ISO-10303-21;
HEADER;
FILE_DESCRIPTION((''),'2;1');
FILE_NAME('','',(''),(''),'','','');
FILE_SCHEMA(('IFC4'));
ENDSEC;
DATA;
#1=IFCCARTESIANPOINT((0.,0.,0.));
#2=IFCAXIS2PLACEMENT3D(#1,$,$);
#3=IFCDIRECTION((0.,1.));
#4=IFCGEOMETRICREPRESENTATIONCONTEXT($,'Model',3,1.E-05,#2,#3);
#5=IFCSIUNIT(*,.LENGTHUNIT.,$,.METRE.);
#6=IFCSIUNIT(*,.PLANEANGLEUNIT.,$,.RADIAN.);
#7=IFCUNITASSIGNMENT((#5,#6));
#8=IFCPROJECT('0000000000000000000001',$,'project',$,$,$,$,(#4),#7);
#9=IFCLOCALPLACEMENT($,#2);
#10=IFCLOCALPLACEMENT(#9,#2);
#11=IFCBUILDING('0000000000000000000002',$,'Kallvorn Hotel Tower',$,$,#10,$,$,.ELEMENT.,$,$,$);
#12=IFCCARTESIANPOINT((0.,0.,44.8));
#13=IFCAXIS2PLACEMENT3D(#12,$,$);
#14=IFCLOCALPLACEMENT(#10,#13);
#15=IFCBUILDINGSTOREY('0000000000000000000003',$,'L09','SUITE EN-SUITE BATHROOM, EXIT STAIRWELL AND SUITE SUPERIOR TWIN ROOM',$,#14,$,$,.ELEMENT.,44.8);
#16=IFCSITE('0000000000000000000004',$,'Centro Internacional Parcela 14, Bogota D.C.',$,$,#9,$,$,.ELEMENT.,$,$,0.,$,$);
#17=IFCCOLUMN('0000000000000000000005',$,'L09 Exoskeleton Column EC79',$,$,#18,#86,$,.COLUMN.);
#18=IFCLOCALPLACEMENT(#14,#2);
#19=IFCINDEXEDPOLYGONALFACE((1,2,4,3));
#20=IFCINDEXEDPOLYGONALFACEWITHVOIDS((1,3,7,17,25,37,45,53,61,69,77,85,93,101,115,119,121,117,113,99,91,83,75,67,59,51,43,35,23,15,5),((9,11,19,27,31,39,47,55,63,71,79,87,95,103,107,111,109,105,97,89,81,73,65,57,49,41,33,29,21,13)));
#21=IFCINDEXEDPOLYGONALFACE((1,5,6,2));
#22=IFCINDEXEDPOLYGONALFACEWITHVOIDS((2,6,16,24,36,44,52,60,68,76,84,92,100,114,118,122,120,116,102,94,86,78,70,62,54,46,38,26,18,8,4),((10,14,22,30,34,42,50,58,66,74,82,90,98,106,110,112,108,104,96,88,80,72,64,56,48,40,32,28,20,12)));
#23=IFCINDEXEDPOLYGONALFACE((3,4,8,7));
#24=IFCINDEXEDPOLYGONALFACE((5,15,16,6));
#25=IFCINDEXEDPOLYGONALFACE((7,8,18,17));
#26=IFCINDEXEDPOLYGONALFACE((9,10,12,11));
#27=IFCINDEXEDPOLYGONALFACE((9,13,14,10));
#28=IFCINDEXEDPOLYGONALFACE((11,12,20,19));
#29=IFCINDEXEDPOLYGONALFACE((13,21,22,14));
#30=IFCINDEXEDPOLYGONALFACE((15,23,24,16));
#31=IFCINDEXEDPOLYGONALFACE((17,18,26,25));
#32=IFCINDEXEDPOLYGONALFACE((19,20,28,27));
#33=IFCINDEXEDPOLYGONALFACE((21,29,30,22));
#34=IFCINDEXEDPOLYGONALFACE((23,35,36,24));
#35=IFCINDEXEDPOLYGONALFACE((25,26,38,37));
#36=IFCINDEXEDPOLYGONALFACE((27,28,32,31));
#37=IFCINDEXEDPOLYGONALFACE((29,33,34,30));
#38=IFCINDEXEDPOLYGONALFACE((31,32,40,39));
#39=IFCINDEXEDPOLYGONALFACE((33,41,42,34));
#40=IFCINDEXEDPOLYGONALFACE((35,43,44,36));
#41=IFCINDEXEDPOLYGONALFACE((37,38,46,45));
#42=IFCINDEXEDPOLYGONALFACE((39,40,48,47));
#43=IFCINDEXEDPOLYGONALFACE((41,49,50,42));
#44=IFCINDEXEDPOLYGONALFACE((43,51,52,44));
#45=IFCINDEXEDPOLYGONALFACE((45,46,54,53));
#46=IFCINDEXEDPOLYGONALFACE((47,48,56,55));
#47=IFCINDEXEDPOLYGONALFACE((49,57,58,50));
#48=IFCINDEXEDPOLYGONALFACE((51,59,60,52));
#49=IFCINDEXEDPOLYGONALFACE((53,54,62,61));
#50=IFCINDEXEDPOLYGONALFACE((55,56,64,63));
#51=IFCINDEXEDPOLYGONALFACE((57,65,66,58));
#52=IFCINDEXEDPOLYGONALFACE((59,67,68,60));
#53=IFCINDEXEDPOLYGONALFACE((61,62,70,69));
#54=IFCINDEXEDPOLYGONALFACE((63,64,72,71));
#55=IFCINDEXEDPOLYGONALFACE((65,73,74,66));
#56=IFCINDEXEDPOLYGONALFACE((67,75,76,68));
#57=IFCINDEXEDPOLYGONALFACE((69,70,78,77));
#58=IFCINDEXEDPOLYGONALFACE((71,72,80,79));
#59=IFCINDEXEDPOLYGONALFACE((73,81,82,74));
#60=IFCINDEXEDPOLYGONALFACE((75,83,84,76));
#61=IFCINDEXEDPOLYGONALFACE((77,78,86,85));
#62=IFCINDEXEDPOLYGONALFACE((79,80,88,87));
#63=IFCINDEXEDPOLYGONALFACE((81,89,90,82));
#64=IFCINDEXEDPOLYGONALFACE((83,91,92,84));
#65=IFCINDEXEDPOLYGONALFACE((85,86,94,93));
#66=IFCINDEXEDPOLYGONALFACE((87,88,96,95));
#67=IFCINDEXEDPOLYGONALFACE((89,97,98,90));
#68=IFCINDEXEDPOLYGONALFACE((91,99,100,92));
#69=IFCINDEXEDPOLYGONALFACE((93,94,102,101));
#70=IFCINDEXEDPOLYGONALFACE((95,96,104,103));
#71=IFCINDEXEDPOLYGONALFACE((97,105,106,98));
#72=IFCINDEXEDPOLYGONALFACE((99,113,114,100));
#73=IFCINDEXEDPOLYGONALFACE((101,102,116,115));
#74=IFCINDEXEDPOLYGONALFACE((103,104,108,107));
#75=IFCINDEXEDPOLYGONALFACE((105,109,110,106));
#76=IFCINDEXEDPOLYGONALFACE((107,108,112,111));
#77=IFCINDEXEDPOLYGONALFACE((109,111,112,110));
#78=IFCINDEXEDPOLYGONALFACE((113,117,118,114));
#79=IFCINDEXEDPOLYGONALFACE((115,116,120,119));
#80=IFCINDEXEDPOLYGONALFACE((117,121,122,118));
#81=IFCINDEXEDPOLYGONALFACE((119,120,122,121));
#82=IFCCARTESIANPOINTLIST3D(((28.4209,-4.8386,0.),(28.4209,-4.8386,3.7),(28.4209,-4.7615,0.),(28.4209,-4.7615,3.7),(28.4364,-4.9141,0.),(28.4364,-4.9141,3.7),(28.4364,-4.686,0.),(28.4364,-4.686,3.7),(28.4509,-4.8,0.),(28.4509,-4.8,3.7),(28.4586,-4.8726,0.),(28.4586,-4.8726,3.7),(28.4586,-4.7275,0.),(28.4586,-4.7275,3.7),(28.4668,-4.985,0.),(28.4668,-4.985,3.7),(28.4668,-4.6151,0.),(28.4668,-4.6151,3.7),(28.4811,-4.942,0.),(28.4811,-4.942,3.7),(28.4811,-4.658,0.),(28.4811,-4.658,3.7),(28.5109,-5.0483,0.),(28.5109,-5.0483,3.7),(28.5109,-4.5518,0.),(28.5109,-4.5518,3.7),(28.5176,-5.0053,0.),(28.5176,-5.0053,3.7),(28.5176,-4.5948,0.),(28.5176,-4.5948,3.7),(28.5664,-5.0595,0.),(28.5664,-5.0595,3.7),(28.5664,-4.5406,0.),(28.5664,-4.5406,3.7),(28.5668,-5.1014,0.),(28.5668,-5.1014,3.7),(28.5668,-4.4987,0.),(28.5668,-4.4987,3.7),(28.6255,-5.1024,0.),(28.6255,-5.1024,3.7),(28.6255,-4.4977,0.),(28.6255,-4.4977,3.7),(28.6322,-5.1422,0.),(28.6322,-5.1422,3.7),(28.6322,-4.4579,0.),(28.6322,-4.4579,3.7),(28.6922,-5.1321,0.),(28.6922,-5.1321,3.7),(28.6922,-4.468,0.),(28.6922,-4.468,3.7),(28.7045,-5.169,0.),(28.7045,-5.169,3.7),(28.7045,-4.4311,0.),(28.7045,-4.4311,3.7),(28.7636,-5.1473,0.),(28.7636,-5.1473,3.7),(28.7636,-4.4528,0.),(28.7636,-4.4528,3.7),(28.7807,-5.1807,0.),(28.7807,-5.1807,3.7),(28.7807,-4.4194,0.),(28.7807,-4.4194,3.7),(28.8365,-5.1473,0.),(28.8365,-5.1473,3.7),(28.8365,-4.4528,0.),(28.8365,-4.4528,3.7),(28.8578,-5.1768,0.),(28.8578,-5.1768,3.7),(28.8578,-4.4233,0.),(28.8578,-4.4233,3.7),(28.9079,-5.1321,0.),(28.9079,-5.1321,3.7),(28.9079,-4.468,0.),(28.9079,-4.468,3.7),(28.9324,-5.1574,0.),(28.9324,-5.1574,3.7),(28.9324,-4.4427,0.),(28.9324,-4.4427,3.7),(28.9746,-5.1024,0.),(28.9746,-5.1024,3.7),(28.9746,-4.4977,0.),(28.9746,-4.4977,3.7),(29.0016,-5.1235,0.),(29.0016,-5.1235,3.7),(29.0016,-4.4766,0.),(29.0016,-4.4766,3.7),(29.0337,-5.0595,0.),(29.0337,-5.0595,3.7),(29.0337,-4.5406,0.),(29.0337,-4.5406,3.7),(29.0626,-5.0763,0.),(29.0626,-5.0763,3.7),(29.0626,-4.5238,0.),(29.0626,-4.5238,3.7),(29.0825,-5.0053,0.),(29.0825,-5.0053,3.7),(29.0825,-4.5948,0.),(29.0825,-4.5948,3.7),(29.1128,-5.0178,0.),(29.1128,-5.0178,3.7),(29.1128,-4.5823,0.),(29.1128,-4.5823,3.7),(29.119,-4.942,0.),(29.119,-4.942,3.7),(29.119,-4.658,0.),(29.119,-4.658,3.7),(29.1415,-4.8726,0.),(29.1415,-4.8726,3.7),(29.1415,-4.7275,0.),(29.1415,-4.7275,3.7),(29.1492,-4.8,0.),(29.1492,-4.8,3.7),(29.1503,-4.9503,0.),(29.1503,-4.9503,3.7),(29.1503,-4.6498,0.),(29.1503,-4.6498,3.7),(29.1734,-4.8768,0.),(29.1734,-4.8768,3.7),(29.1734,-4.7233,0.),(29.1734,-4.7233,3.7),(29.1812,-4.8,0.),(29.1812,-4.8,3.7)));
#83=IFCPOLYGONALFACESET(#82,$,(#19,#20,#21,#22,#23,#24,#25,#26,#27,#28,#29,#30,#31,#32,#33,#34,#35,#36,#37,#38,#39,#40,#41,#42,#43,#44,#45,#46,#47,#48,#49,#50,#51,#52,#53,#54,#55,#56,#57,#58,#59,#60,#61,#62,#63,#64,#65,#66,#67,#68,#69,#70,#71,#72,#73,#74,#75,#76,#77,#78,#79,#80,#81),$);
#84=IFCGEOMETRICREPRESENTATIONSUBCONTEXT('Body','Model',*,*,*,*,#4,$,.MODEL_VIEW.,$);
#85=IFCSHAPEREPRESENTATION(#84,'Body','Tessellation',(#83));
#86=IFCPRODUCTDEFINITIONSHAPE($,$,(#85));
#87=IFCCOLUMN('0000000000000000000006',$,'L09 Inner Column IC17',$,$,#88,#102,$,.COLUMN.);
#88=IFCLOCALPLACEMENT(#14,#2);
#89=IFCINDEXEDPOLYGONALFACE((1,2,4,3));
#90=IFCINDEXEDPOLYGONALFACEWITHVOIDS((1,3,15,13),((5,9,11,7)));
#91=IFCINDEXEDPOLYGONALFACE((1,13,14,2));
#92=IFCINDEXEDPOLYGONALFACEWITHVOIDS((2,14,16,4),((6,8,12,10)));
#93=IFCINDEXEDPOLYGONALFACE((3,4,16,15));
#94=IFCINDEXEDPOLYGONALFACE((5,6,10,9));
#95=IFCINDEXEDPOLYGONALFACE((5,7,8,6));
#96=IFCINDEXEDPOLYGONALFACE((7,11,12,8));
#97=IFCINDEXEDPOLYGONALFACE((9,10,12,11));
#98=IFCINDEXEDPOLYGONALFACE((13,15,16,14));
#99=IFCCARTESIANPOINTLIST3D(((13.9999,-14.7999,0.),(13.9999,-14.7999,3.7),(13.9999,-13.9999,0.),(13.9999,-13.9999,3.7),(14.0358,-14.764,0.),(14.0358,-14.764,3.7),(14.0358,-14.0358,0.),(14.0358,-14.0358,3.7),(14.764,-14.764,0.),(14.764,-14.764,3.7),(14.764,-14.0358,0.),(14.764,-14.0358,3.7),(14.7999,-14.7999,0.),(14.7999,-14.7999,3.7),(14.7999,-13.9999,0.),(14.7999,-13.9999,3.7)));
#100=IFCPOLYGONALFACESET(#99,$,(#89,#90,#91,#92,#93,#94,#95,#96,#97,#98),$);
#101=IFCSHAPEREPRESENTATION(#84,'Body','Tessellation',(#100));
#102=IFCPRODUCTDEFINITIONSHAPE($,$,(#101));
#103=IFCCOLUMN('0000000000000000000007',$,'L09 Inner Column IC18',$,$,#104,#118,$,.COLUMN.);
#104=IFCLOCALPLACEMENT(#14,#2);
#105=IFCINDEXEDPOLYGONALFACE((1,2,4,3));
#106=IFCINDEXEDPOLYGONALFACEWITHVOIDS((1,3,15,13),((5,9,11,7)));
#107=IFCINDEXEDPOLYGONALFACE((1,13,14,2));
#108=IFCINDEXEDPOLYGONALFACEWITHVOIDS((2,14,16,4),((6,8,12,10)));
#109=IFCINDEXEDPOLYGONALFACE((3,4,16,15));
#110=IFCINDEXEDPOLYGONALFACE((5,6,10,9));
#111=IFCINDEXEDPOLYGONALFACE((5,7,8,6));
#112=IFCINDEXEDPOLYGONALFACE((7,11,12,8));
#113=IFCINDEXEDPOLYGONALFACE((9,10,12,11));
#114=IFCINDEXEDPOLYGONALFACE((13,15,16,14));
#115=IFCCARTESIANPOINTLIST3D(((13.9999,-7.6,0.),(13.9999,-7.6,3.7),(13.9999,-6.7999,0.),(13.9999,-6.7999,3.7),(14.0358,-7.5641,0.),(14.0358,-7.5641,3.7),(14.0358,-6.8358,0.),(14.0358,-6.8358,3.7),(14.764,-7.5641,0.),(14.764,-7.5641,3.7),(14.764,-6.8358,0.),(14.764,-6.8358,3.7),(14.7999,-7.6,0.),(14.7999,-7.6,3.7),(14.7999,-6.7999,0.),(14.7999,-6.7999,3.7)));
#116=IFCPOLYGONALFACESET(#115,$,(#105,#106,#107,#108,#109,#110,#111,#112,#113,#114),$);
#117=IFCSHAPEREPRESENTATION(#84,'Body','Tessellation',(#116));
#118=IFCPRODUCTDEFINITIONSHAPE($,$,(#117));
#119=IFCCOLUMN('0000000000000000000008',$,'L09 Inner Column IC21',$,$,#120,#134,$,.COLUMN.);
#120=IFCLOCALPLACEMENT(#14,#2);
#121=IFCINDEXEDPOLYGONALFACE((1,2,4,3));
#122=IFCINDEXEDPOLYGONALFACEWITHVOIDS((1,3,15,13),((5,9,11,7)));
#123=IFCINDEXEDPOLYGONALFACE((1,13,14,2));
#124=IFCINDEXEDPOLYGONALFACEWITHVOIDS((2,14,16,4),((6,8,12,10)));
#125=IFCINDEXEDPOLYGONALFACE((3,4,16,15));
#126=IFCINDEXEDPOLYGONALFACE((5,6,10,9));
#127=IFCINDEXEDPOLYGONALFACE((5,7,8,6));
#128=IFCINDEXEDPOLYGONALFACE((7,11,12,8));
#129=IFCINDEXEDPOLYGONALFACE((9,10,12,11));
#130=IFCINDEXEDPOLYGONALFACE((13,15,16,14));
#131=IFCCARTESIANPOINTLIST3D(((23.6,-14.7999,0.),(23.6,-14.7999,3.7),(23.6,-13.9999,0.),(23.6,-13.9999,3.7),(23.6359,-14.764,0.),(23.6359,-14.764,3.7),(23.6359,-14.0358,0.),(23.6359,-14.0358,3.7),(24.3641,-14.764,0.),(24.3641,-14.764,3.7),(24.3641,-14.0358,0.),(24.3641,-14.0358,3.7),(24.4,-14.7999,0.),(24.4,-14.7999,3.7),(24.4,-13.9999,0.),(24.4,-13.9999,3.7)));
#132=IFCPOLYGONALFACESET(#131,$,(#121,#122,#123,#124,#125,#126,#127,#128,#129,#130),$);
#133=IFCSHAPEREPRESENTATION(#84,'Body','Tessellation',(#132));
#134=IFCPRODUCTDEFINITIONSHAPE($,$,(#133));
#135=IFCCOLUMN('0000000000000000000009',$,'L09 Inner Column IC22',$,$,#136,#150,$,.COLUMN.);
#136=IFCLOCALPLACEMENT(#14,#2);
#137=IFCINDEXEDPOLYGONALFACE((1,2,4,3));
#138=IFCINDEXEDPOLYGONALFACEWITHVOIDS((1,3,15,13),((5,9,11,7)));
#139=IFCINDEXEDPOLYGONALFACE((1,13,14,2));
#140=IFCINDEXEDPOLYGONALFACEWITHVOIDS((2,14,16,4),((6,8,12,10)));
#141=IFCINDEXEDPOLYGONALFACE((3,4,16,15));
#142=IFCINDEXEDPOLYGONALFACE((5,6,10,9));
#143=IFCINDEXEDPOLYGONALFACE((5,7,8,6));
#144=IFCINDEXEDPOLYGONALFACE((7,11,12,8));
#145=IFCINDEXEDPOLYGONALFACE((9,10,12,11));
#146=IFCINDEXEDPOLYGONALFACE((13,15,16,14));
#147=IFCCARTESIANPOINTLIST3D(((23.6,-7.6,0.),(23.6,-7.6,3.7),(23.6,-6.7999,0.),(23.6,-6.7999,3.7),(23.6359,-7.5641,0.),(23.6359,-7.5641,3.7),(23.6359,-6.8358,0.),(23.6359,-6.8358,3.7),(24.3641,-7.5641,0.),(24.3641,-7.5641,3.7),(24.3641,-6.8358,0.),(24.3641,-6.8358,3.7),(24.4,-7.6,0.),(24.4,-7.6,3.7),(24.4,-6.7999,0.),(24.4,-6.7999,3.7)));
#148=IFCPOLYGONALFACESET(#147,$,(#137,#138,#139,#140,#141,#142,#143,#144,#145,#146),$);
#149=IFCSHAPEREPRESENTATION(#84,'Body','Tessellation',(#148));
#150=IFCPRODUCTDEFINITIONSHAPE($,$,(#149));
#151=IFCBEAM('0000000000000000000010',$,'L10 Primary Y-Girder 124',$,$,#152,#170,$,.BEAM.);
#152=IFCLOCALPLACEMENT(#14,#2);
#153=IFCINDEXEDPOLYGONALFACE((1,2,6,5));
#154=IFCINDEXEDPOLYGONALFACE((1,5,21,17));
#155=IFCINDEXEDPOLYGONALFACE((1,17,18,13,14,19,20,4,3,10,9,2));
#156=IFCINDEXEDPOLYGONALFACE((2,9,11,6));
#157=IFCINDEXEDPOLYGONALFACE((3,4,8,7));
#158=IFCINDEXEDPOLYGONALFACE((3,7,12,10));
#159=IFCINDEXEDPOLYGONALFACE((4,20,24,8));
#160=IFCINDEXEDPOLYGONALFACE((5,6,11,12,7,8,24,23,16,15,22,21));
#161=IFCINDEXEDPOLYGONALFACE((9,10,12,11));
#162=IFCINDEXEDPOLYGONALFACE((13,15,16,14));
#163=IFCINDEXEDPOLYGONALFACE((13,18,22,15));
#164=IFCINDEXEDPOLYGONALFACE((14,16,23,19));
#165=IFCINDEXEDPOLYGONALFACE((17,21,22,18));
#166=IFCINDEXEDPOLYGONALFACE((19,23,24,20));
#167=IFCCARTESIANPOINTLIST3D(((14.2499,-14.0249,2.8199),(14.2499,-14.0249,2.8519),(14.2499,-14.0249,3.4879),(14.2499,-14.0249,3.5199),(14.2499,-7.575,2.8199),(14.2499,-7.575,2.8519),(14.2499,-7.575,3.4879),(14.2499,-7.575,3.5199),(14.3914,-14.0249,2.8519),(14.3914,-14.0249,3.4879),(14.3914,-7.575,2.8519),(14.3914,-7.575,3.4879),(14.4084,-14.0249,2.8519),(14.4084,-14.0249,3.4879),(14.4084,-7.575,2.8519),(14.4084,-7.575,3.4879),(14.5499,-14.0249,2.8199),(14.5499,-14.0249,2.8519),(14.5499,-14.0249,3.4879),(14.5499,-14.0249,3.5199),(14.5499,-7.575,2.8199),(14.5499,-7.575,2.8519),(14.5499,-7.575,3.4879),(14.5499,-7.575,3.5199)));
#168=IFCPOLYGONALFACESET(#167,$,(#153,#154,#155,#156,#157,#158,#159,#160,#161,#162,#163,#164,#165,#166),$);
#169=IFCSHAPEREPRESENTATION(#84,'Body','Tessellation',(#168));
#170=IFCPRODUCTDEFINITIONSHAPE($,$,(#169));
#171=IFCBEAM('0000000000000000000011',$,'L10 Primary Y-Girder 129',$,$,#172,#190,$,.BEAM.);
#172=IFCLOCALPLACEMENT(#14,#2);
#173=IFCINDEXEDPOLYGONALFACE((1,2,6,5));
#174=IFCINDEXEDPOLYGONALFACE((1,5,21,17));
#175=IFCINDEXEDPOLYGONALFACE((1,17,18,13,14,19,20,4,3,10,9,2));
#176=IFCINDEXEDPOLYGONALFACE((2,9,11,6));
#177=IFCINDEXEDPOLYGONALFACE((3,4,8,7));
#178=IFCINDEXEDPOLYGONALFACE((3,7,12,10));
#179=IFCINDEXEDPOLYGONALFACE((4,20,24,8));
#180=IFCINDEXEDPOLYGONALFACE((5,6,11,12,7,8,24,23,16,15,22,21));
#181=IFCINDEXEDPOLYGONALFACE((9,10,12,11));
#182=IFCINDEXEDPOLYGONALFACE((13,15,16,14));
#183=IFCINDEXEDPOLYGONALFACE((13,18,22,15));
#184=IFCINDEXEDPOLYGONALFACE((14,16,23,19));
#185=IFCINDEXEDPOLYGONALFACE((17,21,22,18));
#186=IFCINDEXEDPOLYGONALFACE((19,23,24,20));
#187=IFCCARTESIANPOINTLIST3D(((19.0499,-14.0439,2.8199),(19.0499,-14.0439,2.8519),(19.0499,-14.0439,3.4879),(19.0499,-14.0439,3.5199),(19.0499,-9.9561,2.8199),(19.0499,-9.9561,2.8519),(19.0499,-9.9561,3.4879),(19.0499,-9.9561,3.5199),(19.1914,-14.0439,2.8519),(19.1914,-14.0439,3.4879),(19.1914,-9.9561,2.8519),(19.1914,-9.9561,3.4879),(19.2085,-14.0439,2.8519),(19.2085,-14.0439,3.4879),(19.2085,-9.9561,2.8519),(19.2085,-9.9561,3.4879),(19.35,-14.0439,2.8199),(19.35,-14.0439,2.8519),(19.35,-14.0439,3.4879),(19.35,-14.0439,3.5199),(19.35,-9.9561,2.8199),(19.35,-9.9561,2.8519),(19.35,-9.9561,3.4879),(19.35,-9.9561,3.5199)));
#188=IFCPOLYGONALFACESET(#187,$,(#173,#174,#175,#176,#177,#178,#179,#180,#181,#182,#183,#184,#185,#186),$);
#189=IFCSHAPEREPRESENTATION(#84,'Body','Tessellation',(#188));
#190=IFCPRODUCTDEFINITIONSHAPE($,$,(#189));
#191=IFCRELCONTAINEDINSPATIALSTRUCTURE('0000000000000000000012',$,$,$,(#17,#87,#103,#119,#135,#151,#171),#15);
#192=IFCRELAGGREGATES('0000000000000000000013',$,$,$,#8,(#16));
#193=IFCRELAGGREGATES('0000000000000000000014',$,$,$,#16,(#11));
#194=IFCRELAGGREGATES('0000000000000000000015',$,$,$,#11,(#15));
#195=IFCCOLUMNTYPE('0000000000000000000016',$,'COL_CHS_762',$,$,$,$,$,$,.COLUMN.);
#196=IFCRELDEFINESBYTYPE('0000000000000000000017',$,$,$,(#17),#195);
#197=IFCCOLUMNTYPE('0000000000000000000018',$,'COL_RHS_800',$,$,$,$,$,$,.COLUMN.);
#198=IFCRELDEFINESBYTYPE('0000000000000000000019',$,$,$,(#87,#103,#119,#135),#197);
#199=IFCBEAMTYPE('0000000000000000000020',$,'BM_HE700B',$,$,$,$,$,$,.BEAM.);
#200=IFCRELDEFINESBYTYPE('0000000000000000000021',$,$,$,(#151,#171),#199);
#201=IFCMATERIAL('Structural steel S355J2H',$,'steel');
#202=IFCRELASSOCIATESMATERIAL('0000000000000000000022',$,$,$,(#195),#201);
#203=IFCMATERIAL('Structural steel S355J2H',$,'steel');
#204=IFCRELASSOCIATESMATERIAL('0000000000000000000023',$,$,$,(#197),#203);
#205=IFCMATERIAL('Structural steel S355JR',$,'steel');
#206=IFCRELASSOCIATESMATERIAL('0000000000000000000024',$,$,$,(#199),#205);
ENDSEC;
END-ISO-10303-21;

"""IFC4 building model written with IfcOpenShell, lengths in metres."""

from ifc_helpers import new_model, si_unit, direction, frame, origin, origin_2d, place, context, subcontext, project, spatial, hollow_rectangle, hollow_circle, i_section, extrude, material, material_profile, profile_set, type_object, element, save


model = new_model("IFC4")

# Units and contexts
model_context = context("Model", 3, precision=1e-05, world=origin(), true_north=direction((0.0, 1.0)))
body_context = subcontext(model_context, "Body", "Model", "MODEL_VIEW")
ifc_project = project(units=[si_unit("LENGTHUNIT", "METRE"), si_unit("PLANEANGLEUNIT", "RADIAN")], contexts=[model_context])

# Site, building, storey
site_placement = place(None, origin())
site = spatial("IfcSite", under=ifc_project, at=site_placement, Name="Centro Internacional Parcela 14, Bogota D.C.", CompositionType="ELEMENT", RefElevation=0.0)
building_placement = place(site_placement, origin())
building = spatial("IfcBuilding", under=site, at=building_placement, Name="Kallvorn Hotel Tower", CompositionType="ELEMENT")
storey_placement = place(building_placement, frame((0.0, 0.0, 44.8)))
storey = spatial("IfcBuildingStorey", under=building, at=storey_placement, Name="L09", Description="SUITE EN-SUITE BATHROOM, EXIT STAIRWELL AND SUITE SUPERIOR TWIN ROOM", CompositionType="ELEMENT", Elevation=44.8)

# Columns
ifc_material_1 = material(Name="Structural steel S355J2H", Category="steel")
ifc_material_profile_1 = material_profile(ifc_material_1, hollow_circle(Radius=0.3811, WallThickness=0.032, at=origin_2d()), Name="CHS 762x32")
ifc_profile_set_1 = profile_set([ifc_material_profile_1], Name="Structural steel S355J2H")
column_type_1 = type_object("IfcColumnType", Name="COL_CHS_762", PredefinedType="COLUMN", material=ifc_profile_set_1)
for number, where, z_axis, x_axis, name in (
    (1, (28.8, -4.8, 0.0), (0.0, 0.0, 1.0), (1.0, 0.0, 0.0), "L09 Exoskeleton Column EC79"),
):
    element("IfcColumn", number, at=place(storey_placement, frame(where, z_axis=z_axis, x_axis=x_axis)), inside=storey, type_object=column_type_1, Name=name, PredefinedType="COLUMN", context=body_context, shape_type="SweptSolid", body=[
        extrude(hollow_circle(Radius=0.3811, WallThickness=0.032, at=origin_2d()), origin(), (0.0, 0.0, 1.0), 3.7),
    ])
ifc_material_2 = material(Name="Structural steel S355J2H", Category="steel")
ifc_material_profile_2 = material_profile(ifc_material_2, hollow_rectangle(XDim=0.8, YDim=0.8, WallThickness=0.0359, at=origin_2d()), Name="RHS 800x800x36")
ifc_profile_set_2 = profile_set([ifc_material_profile_2], Name="Structural steel S355J2H")
column_type_2 = type_object("IfcColumnType", Name="COL_RHS_800", PredefinedType="COLUMN", material=ifc_profile_set_2)
for number, where, z_axis, x_axis, name in (
    (2, (14.3999, -14.3999, 0.0), (0.0, 0.0, 1.0), (1.0, 0.0, 0.0), "L09 Inner Column IC17"),
    (3, (14.3999, -7.2, 0.0), (0.0, 0.0, 1.0), (1.0, 0.0, 0.0), "L09 Inner Column IC18"),
    (4, (24.0, -14.3999, 0.0), (0.0, 0.0, 1.0), (1.0, 0.0, 0.0), "L09 Inner Column IC21"),
    (5, (24.0, -7.2, 0.0), (0.0, 0.0, 1.0), (1.0, 0.0, 0.0), "L09 Inner Column IC22"),
):
    element("IfcColumn", number, at=place(storey_placement, frame(where, z_axis=z_axis, x_axis=x_axis)), inside=storey, type_object=column_type_2, Name=name, PredefinedType="COLUMN", context=body_context, shape_type="SweptSolid", body=[
        extrude(hollow_rectangle(XDim=0.8, YDim=0.8, WallThickness=0.0359, at=origin_2d()), origin(), (0.0, 0.0, 1.0), 3.7),
    ])

# Beams
ifc_material_3 = material(Name="Structural steel S355JR", Category="steel")
ifc_material_profile_3 = material_profile(ifc_material_3, i_section(OverallWidth=0.3, OverallDepth=0.7, WebThickness=0.0171, FlangeThickness=0.032, at=origin_2d()), Name="HE 700 B")
ifc_profile_set_3 = profile_set([ifc_material_profile_3], Name="Structural steel S355JR")
beam_type_1 = type_object("IfcBeamType", Name="BM_HE700B", PredefinedType="BEAM", material=ifc_profile_set_3)
beam_1_placement = place(storey_placement, frame((14.3999, -14.0249, 3.1699), z_axis=(0.0, 1.0, 0.0), x_axis=(-1.0, 0.0, 0.0)))
element("IfcBeam", 6, at=beam_1_placement, inside=storey, type_object=beam_type_1, Name="L10 Primary Y-Girder 124", PredefinedType="BEAM", context=body_context, shape_type="SweptSolid", body=[
    extrude(i_section(OverallWidth=0.3, OverallDepth=0.7, WebThickness=0.0171, FlangeThickness=0.032, at=origin_2d()), origin(), (0.0, 0.0, 1.0), 6.45),
])
beam_2_placement = place(storey_placement, frame((19.2, -14.0439, 3.1699), z_axis=(0.0, 1.0, 0.0), x_axis=(-1.0, 0.0, 0.0)))
element("IfcBeam", 7, at=beam_2_placement, inside=storey, type_object=beam_type_1, Name="L10 Primary Y-Girder 129", PredefinedType="BEAM", context=body_context, shape_type="SweptSolid", body=[
    extrude(i_section(OverallWidth=0.3, OverallDepth=0.7, WebThickness=0.0171, FlangeThickness=0.032, at=origin_2d()), origin(), (0.0, 0.0, 1.0), 4.0879),
])

save(model, "model.ifc")
